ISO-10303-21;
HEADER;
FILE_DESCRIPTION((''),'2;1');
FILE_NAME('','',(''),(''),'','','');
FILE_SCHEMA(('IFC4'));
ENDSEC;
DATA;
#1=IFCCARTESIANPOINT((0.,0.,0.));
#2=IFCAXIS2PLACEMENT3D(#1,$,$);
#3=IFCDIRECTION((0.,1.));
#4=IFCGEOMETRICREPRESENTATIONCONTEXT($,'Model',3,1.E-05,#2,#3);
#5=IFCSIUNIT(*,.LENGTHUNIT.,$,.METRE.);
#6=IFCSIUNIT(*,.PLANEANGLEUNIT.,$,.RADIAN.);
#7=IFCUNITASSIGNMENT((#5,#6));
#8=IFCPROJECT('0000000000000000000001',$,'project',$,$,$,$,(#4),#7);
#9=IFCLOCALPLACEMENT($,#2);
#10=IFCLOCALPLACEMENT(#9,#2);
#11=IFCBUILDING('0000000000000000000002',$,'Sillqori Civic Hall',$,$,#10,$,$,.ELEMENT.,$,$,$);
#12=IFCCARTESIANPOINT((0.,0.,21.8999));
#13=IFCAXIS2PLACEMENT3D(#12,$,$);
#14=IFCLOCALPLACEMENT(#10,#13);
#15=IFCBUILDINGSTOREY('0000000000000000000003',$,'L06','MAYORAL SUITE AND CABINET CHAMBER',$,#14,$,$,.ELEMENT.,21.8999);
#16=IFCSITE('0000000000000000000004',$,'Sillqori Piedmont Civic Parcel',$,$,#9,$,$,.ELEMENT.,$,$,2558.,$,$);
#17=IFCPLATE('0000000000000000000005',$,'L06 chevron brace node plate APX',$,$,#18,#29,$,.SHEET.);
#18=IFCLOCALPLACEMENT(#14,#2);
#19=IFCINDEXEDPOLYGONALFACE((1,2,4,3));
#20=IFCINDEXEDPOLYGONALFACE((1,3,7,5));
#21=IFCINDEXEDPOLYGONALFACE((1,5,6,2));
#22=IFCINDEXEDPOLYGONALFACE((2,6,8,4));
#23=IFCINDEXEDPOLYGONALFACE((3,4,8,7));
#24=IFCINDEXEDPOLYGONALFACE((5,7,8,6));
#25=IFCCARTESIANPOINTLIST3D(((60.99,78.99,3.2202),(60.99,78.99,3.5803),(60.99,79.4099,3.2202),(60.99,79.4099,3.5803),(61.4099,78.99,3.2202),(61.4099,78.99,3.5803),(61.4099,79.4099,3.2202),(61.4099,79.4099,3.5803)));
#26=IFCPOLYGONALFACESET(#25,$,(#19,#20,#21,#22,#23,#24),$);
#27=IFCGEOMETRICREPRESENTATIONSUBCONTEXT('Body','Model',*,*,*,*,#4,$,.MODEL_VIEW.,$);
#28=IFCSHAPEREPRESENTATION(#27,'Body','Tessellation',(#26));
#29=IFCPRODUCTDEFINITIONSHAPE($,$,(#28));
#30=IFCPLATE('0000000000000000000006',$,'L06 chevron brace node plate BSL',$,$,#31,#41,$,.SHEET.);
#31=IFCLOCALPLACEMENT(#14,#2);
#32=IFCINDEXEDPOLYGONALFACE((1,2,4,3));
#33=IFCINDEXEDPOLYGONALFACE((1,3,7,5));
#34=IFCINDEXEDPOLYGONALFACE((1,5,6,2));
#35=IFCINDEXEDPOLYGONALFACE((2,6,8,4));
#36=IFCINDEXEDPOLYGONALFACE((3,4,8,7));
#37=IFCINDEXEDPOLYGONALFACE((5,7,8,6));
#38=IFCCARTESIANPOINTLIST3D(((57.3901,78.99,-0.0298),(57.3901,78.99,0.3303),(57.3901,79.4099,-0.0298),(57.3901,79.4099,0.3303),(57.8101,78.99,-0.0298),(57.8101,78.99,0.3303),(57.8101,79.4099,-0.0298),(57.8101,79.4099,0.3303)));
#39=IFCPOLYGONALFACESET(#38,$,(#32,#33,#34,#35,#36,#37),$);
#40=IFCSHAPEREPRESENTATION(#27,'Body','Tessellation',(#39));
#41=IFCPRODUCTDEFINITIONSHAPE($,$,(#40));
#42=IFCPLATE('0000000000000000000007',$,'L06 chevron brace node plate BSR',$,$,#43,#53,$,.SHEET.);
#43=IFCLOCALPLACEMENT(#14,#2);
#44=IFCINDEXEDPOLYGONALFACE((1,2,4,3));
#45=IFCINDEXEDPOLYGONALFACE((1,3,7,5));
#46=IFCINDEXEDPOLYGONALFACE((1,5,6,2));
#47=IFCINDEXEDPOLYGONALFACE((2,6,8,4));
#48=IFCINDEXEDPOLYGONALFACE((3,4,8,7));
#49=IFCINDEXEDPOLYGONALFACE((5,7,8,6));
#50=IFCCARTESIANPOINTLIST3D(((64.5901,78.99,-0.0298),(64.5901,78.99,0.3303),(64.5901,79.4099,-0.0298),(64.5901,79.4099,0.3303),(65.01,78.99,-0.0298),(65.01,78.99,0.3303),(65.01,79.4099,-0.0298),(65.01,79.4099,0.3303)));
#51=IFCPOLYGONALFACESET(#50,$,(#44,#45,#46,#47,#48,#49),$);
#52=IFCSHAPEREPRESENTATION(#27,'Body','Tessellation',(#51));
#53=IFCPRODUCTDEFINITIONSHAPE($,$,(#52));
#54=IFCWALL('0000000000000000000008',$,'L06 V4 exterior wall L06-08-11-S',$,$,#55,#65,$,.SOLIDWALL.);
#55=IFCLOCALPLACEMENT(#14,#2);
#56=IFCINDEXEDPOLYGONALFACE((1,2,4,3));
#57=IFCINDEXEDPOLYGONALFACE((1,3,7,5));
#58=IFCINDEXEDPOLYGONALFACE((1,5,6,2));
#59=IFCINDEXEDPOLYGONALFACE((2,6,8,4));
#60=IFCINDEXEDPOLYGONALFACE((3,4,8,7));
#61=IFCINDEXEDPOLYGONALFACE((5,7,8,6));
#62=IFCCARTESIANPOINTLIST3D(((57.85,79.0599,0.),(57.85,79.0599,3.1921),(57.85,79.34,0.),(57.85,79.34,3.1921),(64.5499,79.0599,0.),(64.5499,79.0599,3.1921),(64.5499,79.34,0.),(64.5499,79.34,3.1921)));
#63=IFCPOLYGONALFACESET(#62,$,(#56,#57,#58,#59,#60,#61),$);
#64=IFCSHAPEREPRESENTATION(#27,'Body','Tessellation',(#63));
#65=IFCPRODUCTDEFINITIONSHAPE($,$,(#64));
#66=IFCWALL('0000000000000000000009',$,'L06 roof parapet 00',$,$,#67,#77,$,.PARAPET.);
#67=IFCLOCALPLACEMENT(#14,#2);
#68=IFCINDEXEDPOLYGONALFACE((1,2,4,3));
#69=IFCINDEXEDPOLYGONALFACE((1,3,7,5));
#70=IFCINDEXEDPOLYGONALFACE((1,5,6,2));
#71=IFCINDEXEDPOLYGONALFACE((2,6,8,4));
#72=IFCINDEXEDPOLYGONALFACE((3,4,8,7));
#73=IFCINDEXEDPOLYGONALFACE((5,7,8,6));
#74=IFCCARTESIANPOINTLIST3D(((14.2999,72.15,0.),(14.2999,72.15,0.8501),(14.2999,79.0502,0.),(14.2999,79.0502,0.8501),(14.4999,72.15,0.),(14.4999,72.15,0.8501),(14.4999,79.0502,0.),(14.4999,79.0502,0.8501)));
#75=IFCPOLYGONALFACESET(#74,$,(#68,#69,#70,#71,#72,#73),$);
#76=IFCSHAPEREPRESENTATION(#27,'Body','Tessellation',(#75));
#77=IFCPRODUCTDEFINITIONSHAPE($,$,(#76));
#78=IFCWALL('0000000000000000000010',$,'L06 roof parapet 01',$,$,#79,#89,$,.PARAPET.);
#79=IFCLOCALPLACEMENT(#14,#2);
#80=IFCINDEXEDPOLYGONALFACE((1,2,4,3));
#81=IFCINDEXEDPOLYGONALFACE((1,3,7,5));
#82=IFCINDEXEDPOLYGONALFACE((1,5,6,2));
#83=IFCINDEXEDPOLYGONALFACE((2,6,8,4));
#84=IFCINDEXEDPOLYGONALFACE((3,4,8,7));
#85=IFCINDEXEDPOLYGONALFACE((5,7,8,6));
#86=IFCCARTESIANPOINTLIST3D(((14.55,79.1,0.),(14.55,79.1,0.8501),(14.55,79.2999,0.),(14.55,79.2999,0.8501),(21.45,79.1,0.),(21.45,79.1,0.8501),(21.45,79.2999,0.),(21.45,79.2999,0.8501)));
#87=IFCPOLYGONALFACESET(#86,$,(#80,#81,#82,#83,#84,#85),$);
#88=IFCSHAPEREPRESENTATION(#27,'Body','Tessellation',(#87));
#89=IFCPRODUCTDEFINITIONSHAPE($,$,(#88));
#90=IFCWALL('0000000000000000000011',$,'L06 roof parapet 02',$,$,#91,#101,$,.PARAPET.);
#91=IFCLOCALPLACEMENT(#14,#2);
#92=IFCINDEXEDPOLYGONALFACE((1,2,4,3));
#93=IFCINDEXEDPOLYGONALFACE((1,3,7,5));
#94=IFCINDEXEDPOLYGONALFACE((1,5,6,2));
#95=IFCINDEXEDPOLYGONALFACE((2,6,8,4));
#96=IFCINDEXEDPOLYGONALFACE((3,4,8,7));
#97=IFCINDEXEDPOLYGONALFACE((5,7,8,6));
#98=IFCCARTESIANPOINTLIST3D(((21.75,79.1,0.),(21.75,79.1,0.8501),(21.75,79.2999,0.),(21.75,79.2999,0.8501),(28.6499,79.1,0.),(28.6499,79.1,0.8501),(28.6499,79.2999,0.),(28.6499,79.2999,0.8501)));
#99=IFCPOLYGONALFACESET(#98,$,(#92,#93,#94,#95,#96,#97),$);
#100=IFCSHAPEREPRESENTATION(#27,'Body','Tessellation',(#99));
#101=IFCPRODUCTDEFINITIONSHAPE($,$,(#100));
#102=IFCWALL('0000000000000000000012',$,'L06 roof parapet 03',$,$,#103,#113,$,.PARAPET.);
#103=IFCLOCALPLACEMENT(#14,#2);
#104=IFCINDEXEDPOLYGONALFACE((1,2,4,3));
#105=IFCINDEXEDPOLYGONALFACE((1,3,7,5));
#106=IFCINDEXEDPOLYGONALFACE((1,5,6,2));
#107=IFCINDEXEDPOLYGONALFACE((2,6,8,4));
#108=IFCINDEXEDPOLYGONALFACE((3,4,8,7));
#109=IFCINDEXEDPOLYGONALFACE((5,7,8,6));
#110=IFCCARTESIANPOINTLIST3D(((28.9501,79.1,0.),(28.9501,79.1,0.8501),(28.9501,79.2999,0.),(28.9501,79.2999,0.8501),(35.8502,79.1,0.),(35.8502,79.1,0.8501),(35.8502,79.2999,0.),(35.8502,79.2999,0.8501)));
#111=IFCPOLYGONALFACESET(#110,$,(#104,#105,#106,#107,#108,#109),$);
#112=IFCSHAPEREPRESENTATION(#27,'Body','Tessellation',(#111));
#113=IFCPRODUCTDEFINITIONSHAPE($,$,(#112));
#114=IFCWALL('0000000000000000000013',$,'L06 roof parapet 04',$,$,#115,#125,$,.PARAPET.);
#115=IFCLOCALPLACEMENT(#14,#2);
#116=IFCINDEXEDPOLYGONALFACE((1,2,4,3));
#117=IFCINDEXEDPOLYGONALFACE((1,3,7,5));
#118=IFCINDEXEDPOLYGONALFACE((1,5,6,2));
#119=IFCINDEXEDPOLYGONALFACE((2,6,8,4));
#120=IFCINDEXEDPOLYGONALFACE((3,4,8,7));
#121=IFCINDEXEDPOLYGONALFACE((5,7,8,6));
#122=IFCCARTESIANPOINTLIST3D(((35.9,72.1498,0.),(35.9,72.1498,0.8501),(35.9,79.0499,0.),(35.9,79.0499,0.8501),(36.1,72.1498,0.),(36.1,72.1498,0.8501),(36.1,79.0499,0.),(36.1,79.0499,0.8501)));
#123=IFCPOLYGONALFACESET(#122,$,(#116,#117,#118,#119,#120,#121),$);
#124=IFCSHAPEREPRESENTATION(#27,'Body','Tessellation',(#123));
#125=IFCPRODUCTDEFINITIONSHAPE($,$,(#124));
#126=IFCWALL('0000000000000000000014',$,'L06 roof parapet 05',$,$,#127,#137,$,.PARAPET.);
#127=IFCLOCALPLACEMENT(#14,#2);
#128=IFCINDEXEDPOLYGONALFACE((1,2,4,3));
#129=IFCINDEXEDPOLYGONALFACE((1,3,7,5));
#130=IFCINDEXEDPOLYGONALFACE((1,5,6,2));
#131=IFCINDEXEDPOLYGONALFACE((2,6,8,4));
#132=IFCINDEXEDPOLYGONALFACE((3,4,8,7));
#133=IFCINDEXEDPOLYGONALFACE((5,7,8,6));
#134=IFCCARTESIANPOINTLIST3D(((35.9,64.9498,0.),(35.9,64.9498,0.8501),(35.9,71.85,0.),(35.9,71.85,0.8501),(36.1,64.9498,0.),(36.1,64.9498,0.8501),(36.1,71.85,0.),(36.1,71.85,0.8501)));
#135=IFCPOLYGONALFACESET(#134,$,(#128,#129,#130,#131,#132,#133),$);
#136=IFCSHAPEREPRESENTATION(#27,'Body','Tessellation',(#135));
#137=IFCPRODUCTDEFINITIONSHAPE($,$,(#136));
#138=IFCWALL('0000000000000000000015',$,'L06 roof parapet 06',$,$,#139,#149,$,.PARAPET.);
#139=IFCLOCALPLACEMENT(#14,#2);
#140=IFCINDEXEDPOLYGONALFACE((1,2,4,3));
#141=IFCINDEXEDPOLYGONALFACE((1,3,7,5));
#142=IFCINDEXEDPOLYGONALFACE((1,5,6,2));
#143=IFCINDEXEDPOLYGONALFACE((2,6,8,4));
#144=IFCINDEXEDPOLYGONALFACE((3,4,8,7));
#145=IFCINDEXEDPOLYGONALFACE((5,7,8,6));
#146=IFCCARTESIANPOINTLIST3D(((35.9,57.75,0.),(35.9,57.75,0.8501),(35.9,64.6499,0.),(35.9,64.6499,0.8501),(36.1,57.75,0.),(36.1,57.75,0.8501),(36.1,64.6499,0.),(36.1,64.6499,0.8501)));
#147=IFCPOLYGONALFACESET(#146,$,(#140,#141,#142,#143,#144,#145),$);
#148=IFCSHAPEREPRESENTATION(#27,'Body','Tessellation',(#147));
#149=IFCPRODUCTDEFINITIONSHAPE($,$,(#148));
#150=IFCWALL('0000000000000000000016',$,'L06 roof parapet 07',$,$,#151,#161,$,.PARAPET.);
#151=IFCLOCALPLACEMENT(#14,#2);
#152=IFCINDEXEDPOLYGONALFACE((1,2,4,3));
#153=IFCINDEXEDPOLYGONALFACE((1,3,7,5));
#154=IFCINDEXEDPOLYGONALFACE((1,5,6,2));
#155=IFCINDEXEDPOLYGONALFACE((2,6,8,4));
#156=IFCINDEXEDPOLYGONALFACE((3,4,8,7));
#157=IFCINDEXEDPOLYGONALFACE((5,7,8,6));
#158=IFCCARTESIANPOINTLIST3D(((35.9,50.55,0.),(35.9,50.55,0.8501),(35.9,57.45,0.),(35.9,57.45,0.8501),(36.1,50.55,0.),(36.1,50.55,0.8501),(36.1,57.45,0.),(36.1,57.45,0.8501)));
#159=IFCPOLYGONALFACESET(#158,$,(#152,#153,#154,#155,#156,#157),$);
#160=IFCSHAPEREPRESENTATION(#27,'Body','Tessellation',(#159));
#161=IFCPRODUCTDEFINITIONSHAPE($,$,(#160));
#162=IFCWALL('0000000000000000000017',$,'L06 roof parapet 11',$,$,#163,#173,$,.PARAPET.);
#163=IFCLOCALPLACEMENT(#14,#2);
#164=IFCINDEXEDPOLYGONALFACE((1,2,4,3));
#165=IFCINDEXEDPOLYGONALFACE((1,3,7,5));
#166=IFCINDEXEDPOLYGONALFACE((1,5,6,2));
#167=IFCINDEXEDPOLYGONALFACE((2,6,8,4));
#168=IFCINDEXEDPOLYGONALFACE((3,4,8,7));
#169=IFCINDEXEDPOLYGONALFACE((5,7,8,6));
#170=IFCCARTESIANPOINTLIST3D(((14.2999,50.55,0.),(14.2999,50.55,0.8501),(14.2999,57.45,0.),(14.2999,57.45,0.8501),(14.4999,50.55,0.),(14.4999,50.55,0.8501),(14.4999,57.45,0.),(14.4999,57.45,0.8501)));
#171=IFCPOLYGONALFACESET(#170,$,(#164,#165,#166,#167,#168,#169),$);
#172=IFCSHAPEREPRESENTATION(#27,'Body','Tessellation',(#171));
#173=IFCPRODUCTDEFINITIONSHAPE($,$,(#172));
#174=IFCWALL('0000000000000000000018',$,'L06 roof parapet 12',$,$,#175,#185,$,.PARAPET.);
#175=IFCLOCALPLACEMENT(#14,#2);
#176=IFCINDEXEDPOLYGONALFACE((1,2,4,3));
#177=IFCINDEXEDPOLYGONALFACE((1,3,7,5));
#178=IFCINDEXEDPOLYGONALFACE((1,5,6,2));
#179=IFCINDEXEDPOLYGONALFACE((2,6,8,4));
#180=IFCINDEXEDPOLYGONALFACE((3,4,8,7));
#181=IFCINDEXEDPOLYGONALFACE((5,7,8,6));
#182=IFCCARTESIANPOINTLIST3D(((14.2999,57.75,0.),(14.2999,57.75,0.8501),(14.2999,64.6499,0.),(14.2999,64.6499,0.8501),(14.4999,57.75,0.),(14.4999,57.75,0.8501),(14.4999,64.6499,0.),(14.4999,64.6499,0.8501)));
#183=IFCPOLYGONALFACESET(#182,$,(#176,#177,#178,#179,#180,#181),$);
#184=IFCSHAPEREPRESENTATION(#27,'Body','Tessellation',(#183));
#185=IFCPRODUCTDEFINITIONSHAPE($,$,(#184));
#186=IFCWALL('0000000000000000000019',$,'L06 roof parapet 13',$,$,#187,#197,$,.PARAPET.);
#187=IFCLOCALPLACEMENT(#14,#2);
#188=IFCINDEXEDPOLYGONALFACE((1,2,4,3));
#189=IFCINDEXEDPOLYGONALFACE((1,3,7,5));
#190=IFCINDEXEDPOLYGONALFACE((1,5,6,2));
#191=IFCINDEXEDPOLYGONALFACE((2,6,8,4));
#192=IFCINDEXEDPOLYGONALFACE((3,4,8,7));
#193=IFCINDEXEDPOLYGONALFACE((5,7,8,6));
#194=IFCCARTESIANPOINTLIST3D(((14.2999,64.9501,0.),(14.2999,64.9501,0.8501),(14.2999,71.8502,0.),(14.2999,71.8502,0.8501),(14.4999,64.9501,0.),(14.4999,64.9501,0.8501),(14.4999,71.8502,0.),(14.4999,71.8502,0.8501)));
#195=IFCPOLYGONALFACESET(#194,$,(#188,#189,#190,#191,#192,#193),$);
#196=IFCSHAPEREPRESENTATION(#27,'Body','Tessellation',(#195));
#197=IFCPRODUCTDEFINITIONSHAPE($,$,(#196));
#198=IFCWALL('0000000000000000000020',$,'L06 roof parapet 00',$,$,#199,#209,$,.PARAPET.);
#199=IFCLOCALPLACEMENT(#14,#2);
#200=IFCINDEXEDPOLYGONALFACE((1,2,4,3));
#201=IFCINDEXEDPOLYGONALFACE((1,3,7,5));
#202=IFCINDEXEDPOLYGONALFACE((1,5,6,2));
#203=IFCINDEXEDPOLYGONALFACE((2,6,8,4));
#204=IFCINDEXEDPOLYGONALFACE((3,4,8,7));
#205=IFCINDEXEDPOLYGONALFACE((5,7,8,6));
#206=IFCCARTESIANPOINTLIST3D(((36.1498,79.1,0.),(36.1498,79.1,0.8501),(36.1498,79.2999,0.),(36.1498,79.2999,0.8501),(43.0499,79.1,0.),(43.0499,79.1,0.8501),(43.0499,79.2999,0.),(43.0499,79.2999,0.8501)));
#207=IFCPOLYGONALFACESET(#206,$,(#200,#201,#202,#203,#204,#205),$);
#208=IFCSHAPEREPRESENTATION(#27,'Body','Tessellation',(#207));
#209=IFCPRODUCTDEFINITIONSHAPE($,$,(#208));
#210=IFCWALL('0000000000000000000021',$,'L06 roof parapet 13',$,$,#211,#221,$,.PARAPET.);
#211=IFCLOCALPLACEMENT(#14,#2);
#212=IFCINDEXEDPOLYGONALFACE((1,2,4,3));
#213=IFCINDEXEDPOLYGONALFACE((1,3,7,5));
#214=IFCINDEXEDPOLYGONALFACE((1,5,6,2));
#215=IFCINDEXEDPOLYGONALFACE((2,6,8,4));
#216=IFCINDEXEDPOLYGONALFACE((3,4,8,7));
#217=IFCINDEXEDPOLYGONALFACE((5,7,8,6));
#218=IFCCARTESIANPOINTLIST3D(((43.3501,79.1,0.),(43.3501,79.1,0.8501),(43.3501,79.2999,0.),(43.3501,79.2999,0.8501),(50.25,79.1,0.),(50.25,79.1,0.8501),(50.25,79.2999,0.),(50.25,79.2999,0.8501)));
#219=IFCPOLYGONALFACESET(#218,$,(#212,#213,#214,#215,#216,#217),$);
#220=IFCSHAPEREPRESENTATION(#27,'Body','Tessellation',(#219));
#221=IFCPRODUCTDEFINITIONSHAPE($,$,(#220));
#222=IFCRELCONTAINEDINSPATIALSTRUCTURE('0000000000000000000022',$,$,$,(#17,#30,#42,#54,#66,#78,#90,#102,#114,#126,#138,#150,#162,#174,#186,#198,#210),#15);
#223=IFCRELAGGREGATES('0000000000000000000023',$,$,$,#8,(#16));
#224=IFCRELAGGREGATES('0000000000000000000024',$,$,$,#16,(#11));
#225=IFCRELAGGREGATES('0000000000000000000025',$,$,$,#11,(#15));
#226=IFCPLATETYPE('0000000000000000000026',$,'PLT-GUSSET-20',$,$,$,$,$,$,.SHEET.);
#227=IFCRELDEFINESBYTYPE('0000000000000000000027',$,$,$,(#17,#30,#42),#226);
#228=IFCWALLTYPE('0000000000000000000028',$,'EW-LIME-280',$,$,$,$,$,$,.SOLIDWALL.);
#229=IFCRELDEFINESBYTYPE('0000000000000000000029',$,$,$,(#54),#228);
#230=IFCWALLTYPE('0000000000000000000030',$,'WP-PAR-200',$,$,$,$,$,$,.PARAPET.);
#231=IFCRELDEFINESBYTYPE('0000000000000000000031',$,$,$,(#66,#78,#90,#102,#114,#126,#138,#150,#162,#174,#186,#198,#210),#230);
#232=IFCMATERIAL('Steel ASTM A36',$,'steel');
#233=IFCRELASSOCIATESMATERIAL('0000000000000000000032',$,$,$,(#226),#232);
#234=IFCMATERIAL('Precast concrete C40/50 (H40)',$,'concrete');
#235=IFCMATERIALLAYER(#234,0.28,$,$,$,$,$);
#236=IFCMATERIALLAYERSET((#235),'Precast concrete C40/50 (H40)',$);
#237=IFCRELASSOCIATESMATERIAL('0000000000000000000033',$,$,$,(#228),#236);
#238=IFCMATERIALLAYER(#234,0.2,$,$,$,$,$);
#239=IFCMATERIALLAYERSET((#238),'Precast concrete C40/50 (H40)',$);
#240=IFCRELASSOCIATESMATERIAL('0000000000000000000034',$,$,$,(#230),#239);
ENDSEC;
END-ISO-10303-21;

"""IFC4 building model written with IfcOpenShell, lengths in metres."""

from ifc_helpers import new_model, si_unit, direction, frame, frame_2d, origin, origin_2d, place, context, subcontext, project, spatial, rectangle, extrude, material, layer, layer_set, type_object, element, save


model = new_model("IFC4")

# Units and contexts
model_context = context("Model", 3, precision=1e-05, world=origin(), true_north=direction((0.0, 1.0)))
body_context = subcontext(model_context, "Body", "Model", "MODEL_VIEW")
ifc_project = project(units=[si_unit("LENGTHUNIT", "METRE"), si_unit("PLANEANGLEUNIT", "RADIAN")], contexts=[model_context])

# Site, building, storey
site_placement = place(None, origin())
site = spatial("IfcSite", under=ifc_project, at=site_placement, Name="Sillqori Piedmont Civic Parcel", CompositionType="ELEMENT", RefElevation=2558.0)
building_placement = place(site_placement, origin())
building = spatial("IfcBuilding", under=site, at=building_placement, Name="Sillqori Civic Hall", CompositionType="ELEMENT")
storey_placement = place(building_placement, frame((0.0, 0.0, 21.8999)))
storey = spatial("IfcBuildingStorey", under=building, at=storey_placement, Name="L06", Description="MAYORAL SUITE AND CABINET CHAMBER", CompositionType="ELEMENT", Elevation=21.8999)

# Plates
ifc_material_1 = material(Name="Steel ASTM A36", Category="steel")
plate_type = type_object("IfcPlateType", Name="PLT-GUSSET-20", PredefinedType="SHEET", material=ifc_material_1)
for number, where, z_axis, x_axis, name in (
    (1, (61.2, 79.2, 3.2202), (0.0, 0.0, 1.0), (1.0, 0.0, 0.0), "L06 chevron brace node plate APX"),
    (2, (57.6001, 79.2, -0.0298), (0.0, 0.0, 1.0), (1.0, 0.0, 0.0), "L06 chevron brace node plate BSL"),
    (3, (64.8, 79.2, -0.0298), (0.0, 0.0, 1.0), (1.0, 0.0, 0.0), "L06 chevron brace node plate BSR"),
):
    element("IfcPlate", number, at=place(storey_placement, frame(where, z_axis=z_axis, x_axis=x_axis)), inside=storey, type_object=plate_type, Name=name, PredefinedType="SHEET", context=body_context, shape_type="SweptSolid", body=[
        extrude(rectangle(XDim=0.4199, YDim=0.4199, at=origin_2d()), origin(), (0.0, 0.0, 1.0), 0.3601),
    ])

# Walls
ifc_material_2 = material(Name="Precast concrete C40/50 (H40)", Category="concrete")
ifc_layer_1 = layer(ifc_material_2, 0.28)
ifc_layer_set_1 = layer_set([ifc_layer_1], Name="Precast concrete C40/50 (H40)")
wall_type_1 = type_object("IfcWallType", Name="EW-LIME-280", PredefinedType="SOLIDWALL", material=ifc_layer_set_1)
wall_1_placement = place(storey_placement, frame((64.55, 79.2, 0.0), z_axis=(0.0, 0.0, 1.0), x_axis=(-1.0, 0.0, 0.0)))
element("IfcWall", 4, at=wall_1_placement, inside=storey, type_object=wall_type_1, Name="L06 V4 exterior wall L06-08-11-S", PredefinedType="SOLIDWALL", context=body_context, shape_type="SweptSolid", body=[
    extrude(rectangle(XDim=6.7, YDim=0.28, at=frame_2d((3.3501, 0.0))), origin(), (0.0, 0.0, 1.0), 3.1921),
])
ifc_layer_2 = layer(ifc_material_2, 0.2)
ifc_layer_set_2 = layer_set([ifc_layer_2], Name="Precast concrete C40/50 (H40)")
wall_type_2 = type_object("IfcWallType", Name="WP-PAR-200", PredefinedType="PARAPET", material=ifc_layer_set_2)
wall_2_placement = place(storey_placement, frame((14.3999, 72.1499, 0.0), z_axis=(0.0, 0.0, 1.0), x_axis=(0.0, 1.0, 0.0)))
element("IfcWall", 5, at=wall_2_placement, inside=storey, type_object=wall_type_2, Name="L06 roof parapet 00", PredefinedType="PARAPET", context=body_context, shape_type="SweptSolid", body=[
    extrude(rectangle(XDim=6.9001, YDim=0.2, at=frame_2d((3.4502, 0.0))), origin(), (0.0, 0.0, 1.0), 0.8501),
])
for number, where, z_axis, x_axis, name in (
    (6, (14.55, 79.2, 0.0), (0.0, 0.0, 1.0), (1.0, 0.0, 0.0), "L06 roof parapet 01"),
    (7, (21.75, 79.2, 0.0), (0.0, 0.0, 1.0), (1.0, 0.0, 0.0), "L06 roof parapet 02"),
):
    element("IfcWall", number, at=place(storey_placement, frame(where, z_axis=z_axis, x_axis=x_axis)), inside=storey, type_object=wall_type_2, Name=name, PredefinedType="PARAPET", context=body_context, shape_type="SweptSolid", body=[
        extrude(rectangle(XDim=6.8999, YDim=0.2, at=frame_2d((3.45, 0.0))), origin(), (0.0, 0.0, 1.0), 0.8501),
    ])
for number, where, z_axis, x_axis, name in (
    (8, (28.95, 79.2, 0.0), (0.0, 0.0, 1.0), (1.0, 0.0, 0.0), "L06 roof parapet 03"),
    (9, (36.0, 79.05, 0.0), (0.0, 0.0, 1.0), (0.0, -1.0, 0.0), "L06 roof parapet 04"),
    (10, (36.0, 71.8501, 0.0), (0.0, 0.0, 1.0), (0.0, -1.0, 0.0), "L06 roof parapet 05"),
):
    element("IfcWall", number, at=place(storey_placement, frame(where, z_axis=z_axis, x_axis=x_axis)), inside=storey, type_object=wall_type_2, Name=name, PredefinedType="PARAPET", context=body_context, shape_type="SweptSolid", body=[
        extrude(rectangle(XDim=6.9001, YDim=0.2, at=frame_2d((3.4502, 0.0))), origin(), (0.0, 0.0, 1.0), 0.8501),
    ])
for number, where, z_axis, x_axis, name in (
    (11, (36.0, 64.6499, 0.0), (0.0, 0.0, 1.0), (0.0, -1.0, 0.0), "L06 roof parapet 06"),
    (12, (36.0, 57.45, 0.0), (0.0, 0.0, 1.0), (0.0, -1.0, 0.0), "L06 roof parapet 07"),
    (13, (14.3999, 50.55, 0.0), (0.0, 0.0, 1.0), (0.0, 1.0, 0.0), "L06 roof parapet 11"),
    (14, (14.3999, 57.75, 0.0), (0.0, 0.0, 1.0), (0.0, 1.0, 0.0), "L06 roof parapet 12"),
):
    element("IfcWall", number, at=place(storey_placement, frame(where, z_axis=z_axis, x_axis=x_axis)), inside=storey, type_object=wall_type_2, Name=name, PredefinedType="PARAPET", context=body_context, shape_type="SweptSolid", body=[
        extrude(rectangle(XDim=6.8999, YDim=0.2, at=frame_2d((3.45, 0.0))), origin(), (0.0, 0.0, 1.0), 0.8501),
    ])
for number, where, z_axis, x_axis, name in (
    (15, (14.3999, 64.95, 0.0), (0.0, 0.0, 1.0), (0.0, 1.0, 0.0), "L06 roof parapet 13"),
    (16, (43.05, 79.2, 0.0), (0.0, 0.0, 1.0), (-1.0, 0.0, 0.0), "L06 roof parapet 00"),
):
    element("IfcWall", number, at=place(storey_placement, frame(where, z_axis=z_axis, x_axis=x_axis)), inside=storey, type_object=wall_type_2, Name=name, PredefinedType="PARAPET", context=body_context, shape_type="SweptSolid", body=[
        extrude(rectangle(XDim=6.9001, YDim=0.2, at=frame_2d((3.4502, 0.0))), origin(), (0.0, 0.0, 1.0), 0.8501),
    ])
wall_3_placement = place(storey_placement, frame((50.25, 79.2, 0.0), z_axis=(0.0, 0.0, 1.0), x_axis=(-1.0, 0.0, 0.0)))
element("IfcWall", 17, at=wall_3_placement, inside=storey, type_object=wall_type_2, Name="L06 roof parapet 13", PredefinedType="PARAPET", context=body_context, shape_type="SweptSolid", body=[
    extrude(rectangle(XDim=6.8999, YDim=0.2, at=frame_2d((3.45, 0.0))), origin(), (0.0, 0.0, 1.0), 0.8501),
])

save(model, "model.ifc")
